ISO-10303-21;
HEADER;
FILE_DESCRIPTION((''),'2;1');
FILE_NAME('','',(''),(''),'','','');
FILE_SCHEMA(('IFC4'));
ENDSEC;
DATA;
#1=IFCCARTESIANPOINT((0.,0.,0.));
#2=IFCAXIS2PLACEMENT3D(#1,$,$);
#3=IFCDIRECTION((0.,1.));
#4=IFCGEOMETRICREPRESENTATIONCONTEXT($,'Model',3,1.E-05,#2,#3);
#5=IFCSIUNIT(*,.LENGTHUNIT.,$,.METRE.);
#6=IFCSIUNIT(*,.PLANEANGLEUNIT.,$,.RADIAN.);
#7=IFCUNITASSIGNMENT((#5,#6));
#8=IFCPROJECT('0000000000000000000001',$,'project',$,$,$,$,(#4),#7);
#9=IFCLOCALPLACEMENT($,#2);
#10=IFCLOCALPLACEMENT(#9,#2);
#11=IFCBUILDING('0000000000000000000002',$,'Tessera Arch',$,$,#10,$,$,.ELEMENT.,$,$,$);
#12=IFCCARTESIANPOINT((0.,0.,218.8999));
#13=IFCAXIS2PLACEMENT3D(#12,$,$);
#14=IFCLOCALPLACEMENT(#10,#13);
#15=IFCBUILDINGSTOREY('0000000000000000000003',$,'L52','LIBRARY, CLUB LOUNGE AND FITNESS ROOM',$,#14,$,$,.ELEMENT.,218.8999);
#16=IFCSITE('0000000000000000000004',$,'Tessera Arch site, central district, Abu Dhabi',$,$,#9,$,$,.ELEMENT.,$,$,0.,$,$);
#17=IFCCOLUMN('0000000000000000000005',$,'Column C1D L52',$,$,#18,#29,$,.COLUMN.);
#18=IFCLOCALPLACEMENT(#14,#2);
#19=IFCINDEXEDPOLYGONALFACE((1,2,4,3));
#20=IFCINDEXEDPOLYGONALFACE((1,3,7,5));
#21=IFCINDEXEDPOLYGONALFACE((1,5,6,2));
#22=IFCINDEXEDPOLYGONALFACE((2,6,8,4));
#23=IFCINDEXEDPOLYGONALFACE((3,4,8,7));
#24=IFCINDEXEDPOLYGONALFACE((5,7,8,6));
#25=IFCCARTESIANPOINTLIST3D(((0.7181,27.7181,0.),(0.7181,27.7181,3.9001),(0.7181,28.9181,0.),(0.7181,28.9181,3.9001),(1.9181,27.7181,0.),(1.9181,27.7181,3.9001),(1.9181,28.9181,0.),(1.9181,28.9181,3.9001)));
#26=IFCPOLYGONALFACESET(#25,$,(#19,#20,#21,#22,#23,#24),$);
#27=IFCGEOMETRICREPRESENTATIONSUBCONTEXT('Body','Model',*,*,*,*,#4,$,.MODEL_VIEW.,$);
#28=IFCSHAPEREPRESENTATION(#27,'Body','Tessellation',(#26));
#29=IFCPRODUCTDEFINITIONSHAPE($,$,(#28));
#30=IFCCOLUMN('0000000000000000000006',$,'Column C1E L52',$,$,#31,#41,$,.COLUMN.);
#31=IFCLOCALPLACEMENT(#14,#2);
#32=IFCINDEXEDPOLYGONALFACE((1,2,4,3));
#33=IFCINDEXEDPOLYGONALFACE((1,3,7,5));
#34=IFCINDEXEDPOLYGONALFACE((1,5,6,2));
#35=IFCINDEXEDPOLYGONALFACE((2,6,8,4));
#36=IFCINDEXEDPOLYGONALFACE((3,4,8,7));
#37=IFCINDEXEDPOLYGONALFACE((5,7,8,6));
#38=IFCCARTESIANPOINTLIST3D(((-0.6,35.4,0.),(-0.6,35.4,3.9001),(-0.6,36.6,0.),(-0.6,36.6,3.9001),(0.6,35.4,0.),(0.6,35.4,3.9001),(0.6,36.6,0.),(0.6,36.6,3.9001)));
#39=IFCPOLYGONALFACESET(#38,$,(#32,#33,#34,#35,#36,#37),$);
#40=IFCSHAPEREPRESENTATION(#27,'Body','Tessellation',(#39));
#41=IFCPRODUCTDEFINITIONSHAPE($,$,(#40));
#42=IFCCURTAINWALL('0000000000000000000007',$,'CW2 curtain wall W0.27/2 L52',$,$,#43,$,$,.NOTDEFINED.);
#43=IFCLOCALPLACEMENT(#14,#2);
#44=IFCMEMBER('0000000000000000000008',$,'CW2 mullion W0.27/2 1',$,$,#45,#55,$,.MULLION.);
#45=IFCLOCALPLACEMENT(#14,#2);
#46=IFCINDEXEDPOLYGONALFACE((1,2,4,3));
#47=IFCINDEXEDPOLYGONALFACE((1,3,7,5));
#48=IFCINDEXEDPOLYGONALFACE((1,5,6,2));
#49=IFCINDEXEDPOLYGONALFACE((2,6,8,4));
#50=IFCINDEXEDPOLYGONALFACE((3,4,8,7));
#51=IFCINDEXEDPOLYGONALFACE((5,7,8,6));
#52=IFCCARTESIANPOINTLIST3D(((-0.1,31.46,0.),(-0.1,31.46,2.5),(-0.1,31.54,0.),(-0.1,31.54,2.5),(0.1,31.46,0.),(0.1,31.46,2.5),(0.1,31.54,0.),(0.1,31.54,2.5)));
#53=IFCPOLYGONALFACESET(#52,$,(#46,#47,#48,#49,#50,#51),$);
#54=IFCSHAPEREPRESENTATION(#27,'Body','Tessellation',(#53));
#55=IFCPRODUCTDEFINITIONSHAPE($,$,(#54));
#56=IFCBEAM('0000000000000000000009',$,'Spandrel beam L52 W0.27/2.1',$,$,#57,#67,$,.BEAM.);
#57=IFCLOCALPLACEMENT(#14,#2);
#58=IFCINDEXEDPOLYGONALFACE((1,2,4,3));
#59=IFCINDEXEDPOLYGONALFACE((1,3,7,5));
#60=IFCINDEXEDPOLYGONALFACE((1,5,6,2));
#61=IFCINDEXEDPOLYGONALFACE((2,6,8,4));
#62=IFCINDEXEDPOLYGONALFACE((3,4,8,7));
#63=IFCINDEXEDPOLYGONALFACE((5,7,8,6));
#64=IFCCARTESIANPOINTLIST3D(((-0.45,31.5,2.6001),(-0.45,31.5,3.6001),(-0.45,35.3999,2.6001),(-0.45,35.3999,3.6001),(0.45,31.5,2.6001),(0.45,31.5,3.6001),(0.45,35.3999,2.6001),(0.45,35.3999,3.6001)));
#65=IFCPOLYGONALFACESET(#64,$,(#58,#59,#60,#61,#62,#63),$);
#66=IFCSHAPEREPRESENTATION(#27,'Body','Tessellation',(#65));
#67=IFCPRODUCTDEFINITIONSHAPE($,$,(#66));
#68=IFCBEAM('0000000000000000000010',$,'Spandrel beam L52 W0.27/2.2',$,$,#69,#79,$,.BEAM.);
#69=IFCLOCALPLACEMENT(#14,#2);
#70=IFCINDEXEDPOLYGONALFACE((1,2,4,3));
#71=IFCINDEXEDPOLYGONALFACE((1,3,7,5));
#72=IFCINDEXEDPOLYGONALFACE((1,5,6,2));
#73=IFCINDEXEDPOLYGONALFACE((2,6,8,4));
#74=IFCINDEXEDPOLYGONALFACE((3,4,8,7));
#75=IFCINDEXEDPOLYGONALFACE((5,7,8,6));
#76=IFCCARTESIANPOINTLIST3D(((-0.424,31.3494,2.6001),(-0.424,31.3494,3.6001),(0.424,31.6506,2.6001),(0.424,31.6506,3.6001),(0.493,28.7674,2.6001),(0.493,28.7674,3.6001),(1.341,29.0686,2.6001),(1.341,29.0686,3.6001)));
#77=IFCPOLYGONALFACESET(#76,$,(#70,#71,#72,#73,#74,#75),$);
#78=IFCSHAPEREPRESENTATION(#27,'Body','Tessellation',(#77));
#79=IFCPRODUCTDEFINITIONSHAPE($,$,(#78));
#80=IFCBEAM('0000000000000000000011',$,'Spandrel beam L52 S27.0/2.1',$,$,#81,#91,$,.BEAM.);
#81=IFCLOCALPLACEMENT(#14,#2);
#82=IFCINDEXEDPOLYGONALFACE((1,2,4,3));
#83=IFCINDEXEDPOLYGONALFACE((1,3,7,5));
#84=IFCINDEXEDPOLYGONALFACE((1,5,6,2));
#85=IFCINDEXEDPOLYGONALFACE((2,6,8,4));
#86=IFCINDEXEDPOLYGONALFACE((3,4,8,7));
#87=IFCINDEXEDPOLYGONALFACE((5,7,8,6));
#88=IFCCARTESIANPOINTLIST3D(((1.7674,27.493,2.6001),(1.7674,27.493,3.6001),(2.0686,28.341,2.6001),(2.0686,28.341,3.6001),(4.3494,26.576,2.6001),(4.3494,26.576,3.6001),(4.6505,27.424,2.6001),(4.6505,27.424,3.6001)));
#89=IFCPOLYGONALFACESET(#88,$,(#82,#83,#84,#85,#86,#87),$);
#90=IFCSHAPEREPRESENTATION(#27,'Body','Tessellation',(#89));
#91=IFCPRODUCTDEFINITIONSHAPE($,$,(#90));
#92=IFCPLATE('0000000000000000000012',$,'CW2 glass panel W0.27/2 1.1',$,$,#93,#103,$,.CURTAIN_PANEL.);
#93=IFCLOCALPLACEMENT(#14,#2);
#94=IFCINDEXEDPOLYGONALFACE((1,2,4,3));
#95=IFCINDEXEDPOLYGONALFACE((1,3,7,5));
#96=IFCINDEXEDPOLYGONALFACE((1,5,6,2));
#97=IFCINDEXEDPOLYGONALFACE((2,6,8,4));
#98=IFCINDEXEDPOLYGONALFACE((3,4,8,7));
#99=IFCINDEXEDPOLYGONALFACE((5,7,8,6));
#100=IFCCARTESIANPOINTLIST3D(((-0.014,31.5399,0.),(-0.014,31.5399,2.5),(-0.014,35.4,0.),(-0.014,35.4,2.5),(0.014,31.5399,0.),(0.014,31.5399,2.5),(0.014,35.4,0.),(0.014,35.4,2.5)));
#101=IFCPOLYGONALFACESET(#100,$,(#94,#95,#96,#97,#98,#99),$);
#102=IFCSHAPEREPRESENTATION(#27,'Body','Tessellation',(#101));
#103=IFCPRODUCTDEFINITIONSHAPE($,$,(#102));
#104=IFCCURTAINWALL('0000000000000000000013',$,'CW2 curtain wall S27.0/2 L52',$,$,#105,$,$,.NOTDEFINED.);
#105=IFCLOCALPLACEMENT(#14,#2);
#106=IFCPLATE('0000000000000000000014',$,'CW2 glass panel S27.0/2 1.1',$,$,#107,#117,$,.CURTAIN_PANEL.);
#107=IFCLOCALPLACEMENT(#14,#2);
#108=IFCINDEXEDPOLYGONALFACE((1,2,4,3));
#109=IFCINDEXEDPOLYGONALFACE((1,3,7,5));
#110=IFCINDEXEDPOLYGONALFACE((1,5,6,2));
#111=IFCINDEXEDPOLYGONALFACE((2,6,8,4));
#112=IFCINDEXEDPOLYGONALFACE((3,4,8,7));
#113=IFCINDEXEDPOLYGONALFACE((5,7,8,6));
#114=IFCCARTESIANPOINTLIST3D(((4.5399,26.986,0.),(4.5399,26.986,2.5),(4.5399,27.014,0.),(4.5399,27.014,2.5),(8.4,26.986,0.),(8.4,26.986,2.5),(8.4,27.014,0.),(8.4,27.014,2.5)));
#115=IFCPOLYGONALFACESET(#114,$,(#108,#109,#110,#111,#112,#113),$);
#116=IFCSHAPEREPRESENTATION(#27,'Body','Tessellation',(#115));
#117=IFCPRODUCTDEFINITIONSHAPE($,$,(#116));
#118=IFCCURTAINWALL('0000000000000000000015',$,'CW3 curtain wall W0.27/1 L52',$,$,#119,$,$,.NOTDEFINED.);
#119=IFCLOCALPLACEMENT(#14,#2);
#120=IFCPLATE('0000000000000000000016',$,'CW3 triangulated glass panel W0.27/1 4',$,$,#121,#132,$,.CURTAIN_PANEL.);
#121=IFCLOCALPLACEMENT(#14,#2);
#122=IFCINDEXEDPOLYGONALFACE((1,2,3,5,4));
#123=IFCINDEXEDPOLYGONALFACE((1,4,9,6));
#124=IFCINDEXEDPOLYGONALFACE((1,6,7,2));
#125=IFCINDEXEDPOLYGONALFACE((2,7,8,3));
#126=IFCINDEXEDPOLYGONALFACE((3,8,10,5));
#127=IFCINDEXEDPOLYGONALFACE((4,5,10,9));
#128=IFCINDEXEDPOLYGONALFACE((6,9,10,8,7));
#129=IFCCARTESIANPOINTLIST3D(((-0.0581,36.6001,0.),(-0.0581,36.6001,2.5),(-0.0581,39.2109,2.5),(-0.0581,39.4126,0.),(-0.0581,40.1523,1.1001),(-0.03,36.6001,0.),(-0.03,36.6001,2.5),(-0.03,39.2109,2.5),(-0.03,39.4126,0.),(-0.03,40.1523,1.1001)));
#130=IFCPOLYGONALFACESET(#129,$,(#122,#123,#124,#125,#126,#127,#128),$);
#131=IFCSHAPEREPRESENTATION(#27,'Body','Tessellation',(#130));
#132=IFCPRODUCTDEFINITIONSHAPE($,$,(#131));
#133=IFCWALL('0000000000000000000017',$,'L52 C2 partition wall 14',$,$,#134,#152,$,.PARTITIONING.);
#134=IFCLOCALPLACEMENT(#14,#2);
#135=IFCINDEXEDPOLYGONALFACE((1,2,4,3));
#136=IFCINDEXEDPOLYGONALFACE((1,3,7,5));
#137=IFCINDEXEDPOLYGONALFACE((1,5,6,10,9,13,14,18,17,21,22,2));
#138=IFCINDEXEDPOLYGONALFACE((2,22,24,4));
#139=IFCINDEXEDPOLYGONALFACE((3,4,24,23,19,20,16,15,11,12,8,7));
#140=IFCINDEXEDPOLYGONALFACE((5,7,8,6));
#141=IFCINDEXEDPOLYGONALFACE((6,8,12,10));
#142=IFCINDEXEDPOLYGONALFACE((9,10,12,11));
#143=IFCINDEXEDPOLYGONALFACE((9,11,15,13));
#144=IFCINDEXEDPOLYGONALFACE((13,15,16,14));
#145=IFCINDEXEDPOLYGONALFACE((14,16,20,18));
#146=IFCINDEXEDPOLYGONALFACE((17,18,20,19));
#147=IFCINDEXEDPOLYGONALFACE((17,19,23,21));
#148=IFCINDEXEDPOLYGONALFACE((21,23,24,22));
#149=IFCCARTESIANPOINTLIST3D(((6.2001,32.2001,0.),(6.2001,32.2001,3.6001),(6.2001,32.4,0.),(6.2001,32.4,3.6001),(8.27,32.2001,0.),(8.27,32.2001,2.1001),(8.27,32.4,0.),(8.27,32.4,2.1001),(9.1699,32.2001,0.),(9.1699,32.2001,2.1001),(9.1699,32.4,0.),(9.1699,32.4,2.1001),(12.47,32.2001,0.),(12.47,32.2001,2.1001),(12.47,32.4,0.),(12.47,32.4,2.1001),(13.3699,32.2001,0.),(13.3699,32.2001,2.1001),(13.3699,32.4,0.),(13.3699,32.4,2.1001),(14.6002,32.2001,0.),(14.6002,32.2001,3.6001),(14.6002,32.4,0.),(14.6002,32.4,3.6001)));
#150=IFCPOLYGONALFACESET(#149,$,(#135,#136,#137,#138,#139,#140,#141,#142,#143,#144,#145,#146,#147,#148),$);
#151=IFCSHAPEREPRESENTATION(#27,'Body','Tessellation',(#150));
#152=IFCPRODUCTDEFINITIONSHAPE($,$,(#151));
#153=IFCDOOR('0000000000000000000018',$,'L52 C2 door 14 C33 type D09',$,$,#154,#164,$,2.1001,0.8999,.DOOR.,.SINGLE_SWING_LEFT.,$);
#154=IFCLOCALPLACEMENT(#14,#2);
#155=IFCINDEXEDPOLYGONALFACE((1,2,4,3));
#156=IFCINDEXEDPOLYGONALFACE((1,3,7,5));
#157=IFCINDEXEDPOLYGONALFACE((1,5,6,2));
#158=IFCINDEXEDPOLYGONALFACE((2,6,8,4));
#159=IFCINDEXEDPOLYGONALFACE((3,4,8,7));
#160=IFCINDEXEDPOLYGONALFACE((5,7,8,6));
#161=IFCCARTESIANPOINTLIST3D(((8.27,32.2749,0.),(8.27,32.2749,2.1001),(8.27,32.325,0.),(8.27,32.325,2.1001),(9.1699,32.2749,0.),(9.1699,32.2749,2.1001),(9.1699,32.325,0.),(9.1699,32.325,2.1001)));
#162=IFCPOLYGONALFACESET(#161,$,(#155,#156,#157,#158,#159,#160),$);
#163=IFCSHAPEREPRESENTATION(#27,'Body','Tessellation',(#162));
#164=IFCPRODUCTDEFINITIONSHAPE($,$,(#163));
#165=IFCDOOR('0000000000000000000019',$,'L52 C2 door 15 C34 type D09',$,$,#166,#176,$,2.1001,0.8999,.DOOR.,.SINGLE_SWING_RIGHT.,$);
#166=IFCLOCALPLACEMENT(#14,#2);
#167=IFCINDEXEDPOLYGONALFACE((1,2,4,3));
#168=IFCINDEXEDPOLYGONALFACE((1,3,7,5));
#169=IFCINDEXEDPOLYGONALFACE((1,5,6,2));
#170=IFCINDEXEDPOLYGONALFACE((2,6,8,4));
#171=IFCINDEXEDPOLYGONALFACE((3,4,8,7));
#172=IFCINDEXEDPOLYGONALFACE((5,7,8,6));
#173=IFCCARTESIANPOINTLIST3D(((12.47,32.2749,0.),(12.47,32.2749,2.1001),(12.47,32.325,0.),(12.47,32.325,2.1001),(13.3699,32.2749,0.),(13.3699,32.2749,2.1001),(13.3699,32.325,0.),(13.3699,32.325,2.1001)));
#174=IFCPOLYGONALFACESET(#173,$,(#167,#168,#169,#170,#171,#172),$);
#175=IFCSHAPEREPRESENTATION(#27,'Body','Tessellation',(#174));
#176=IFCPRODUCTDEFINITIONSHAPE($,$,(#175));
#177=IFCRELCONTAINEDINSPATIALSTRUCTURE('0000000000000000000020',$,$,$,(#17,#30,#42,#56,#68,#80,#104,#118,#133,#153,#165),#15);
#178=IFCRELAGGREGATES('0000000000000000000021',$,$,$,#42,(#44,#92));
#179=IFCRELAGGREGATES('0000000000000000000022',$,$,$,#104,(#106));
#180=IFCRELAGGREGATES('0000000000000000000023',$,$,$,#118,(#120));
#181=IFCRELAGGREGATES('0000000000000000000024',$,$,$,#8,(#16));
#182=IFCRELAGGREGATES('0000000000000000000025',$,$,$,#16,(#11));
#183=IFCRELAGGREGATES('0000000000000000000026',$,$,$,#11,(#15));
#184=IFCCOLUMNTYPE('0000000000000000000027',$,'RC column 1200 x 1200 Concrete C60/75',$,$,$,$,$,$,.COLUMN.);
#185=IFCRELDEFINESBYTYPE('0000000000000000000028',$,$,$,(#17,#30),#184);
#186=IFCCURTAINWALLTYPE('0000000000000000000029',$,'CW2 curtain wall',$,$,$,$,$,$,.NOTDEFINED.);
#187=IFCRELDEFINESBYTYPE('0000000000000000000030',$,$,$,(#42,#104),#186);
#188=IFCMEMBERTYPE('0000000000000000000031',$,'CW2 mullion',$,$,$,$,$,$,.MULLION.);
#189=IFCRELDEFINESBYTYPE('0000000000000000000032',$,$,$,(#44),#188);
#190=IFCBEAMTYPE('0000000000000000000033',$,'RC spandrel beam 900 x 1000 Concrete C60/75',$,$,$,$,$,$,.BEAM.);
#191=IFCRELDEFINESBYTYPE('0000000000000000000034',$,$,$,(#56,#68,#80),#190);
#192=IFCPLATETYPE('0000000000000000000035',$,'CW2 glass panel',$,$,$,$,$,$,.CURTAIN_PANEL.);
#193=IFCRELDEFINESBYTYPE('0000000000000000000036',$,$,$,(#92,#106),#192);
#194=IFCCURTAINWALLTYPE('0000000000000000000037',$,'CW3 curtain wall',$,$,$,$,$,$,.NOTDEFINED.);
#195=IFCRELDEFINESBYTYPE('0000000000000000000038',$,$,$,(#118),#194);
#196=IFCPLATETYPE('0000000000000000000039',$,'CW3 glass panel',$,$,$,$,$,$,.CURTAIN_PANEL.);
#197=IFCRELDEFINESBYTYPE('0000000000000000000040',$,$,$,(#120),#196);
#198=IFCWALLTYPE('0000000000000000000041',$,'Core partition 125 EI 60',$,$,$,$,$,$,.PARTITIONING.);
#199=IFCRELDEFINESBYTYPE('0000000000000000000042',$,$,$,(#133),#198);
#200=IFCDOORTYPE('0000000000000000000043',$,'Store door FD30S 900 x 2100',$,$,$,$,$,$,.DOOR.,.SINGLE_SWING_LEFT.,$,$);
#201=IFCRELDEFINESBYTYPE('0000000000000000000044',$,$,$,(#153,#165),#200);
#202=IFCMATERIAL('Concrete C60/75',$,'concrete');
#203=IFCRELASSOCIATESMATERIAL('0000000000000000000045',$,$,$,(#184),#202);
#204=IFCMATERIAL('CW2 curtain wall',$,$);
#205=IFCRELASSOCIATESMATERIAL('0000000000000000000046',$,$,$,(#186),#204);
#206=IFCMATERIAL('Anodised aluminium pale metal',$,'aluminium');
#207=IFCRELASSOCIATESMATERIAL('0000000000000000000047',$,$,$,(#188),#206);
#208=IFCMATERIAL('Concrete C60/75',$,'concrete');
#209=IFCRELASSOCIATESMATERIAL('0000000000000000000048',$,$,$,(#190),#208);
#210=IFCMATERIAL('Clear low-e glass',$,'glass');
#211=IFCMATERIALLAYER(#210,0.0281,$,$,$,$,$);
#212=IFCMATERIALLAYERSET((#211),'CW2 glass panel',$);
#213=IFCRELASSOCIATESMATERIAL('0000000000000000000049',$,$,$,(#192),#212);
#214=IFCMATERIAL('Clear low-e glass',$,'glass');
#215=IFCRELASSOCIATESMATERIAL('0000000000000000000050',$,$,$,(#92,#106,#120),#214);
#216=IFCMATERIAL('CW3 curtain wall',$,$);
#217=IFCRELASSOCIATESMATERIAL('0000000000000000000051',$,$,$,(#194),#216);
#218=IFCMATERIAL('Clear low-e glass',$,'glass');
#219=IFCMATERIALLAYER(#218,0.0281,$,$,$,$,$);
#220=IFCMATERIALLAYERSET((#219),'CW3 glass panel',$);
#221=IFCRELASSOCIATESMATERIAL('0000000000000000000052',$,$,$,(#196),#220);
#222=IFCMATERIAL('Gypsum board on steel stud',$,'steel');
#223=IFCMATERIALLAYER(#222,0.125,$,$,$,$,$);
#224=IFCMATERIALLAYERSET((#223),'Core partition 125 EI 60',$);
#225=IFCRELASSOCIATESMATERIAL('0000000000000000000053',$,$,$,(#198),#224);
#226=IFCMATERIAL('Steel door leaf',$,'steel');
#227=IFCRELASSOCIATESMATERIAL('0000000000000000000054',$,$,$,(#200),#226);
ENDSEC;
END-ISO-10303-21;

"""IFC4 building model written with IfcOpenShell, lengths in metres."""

from ifc_helpers import new_model, si_unit, direction, frame, frame_2d, origin, origin_2d, place, context, subcontext, project, spatial, polyline, rectangle, outline, extrude, material, layer, layer_set, material_profile, profile_set, type_object, element, fill, aggregate, save


model = new_model("IFC4")

# Units and contexts
model_context = context("Model", 3, precision=1e-05, world=origin(), true_north=direction((0.0, 1.0)))
body_context = subcontext(model_context, "Body", "Model", "MODEL_VIEW")
ifc_project = project(units=[si_unit("LENGTHUNIT", "METRE"), si_unit("PLANEANGLEUNIT", "RADIAN")], contexts=[model_context])

# Site, building, storey
site_placement = place(None, origin())
site = spatial("IfcSite", under=ifc_project, at=site_placement, Name="Tessera Arch site, central district, Abu Dhabi", CompositionType="ELEMENT", RefElevation=0.0)
building_placement = place(site_placement, origin())
building = spatial("IfcBuilding", under=site, at=building_placement, Name="Tessera Arch", CompositionType="ELEMENT")
storey_placement = place(building_placement, frame((0.0, 0.0, 218.8999)))
storey = spatial("IfcBuildingStorey", under=building, at=storey_placement, Name="L52", Description="LIBRARY, CLUB LOUNGE AND FITNESS ROOM", CompositionType="ELEMENT", Elevation=218.8999)

# Columns
ifc_material_1 = material(Name="Concrete C60/75", Category="concrete")
ifc_material_profile_1 = material_profile(ifc_material_1, rectangle(XDim=1.2, YDim=1.2, at=origin_2d()), Name="RC column 1200 x 1200 Concrete C60/75")
ifc_profile_set_1 = profile_set([ifc_material_profile_1], Name="Concrete C60/75")
column_type = type_object("IfcColumnType", Name="RC column 1200 x 1200 Concrete C60/75", PredefinedType="COLUMN", material=ifc_profile_set_1)
for number, where, z_axis, x_axis, name in (
    (1, (1.3181, 28.3181, 0.0), (0.0, 0.0, 1.0), (1.0, 0.0, 0.0), "Column C1D L52"),
    (2, (0.0, 36.0, 0.0), (0.0, 0.0, 1.0), (1.0, 0.0, 0.0), "Column C1E L52"),
):
    element("IfcColumn", number, at=place(storey_placement, frame(where, z_axis=z_axis, x_axis=x_axis)), inside=storey, type_object=column_type, Name=name, PredefinedType="COLUMN", context=body_context, shape_type="SweptSolid", body=[
        extrude(rectangle(XDim=1.2, YDim=1.2, at=origin_2d()), origin(), (0.0, 0.0, 1.0), 3.9001),
    ])

# Curtain wall, member
ifc_material_2 = material(Name="CW2 curtain wall")
curtain_wall_type_1 = type_object("IfcCurtainWallType", Name="CW2 curtain wall", PredefinedType="NOTDEFINED", material=ifc_material_2)
curtain_wall_1_placement = place(storey_placement, origin())
curtain_wall_1 = element("IfcCurtainWall", 3, at=curtain_wall_1_placement, inside=storey, type_object=curtain_wall_type_1, Name="CW2 curtain wall W0.27/2 L52", PredefinedType="NOTDEFINED")
ifc_material_3 = material(Name="Anodised aluminium pale metal", Category="aluminium")
ifc_material_profile_2 = material_profile(ifc_material_3, rectangle(XDim=0.2, YDim=0.0801, at=origin_2d()), Name="AL 80x200")
ifc_profile_set_2 = profile_set([ifc_material_profile_2], Name="Anodised aluminium pale metal")
member_type = type_object("IfcMemberType", Name="CW2 mullion", PredefinedType="MULLION", material=ifc_profile_set_2)
member_placement = place(storey_placement, frame((0.0, 31.5, 0.0), z_axis=(0.0, 0.0, 1.0), x_axis=(1.0, 0.0, 0.0)))
member = element("IfcMember", 4, at=member_placement, type_object=member_type, Name="CW2 mullion W0.27/2 1", PredefinedType="MULLION", context=body_context, shape_type="SweptSolid", body=[
    extrude(rectangle(XDim=0.2, YDim=0.0801, at=origin_2d()), origin(), (0.0, 0.0, 1.0), 2.5),
])

# Beams
ifc_material_4 = material(Name="Concrete C60/75", Category="concrete")
ifc_material_profile_3 = material_profile(ifc_material_4, rectangle(XDim=0.8999, YDim=1.0, at=origin_2d()), Name="RC spandrel beam 900 x 1000 Concrete C60/75")
ifc_profile_set_3 = profile_set([ifc_material_profile_3], Name="Concrete C60/75")
beam_type = type_object("IfcBeamType", Name="RC spandrel beam 900 x 1000 Concrete C60/75", PredefinedType="BEAM", material=ifc_profile_set_3)
beam_placement = place(storey_placement, frame((0.0, 35.3999, 3.1001), z_axis=(0.0, -1.0, 0.0), x_axis=(1.0, 0.0, 0.0)))
element("IfcBeam", 5, at=beam_placement, inside=storey, type_object=beam_type, Name="Spandrel beam L52 W0.27/2.1", PredefinedType="BEAM", context=body_context, shape_type="SweptSolid", body=[
    extrude(rectangle(XDim=0.8999, YDim=1.0, at=origin_2d()), origin(), (0.0, 0.0, 1.0), 3.8999),
])
for number, where, z_axis, x_axis, name in (
    (6, (0.0, 31.5, 3.1001), (0.334665, -0.942337, 0.0), (0.942337, 0.334665, 0.0), "Spandrel beam L52 W0.27/2.2"),
    (7, (1.918, 27.917, 3.1001), (0.942337, -0.334665, 0.0), (0.334665, 0.942337, 0.0), "Spandrel beam L52 S27.0/2.1"),
):
    element("IfcBeam", number, at=place(storey_placement, frame(where, z_axis=z_axis, x_axis=x_axis)), inside=storey, type_object=beam_type, Name=name, PredefinedType="BEAM", context=body_context, shape_type="SweptSolid", body=[
        extrude(rectangle(XDim=0.8999, YDim=1.0, at=origin_2d()), origin(), (0.0, 0.0, 1.0), 2.74),
    ])

# Plate
ifc_material_5 = material(Name="Clear low-e glass", Category="glass")
ifc_material_6 = material(Name="Clear low-e glass", Category="glass")
ifc_layer_1 = layer(ifc_material_6, 0.0281)
ifc_layer_set_1 = layer_set([ifc_layer_1], Name="CW2 glass panel")
plate_type_1 = type_object("IfcPlateType", Name="CW2 glass panel", PredefinedType="CURTAIN_PANEL", material=ifc_layer_set_1)
plate_1_placement = place(storey_placement, frame((0.0, 33.47, 0.0), z_axis=(0.0, 0.0, 1.0), x_axis=(0.0, -1.0, 0.0)))
plate_1 = element("IfcPlate", 8, at=plate_1_placement, type_object=plate_type_1, material=ifc_material_5, Name="CW2 glass panel W0.27/2 1.1", PredefinedType="CURTAIN_PANEL", context=body_context, shape_type="SweptSolid", body=[
    extrude(rectangle(XDim=3.8601, YDim=0.0281, at=origin_2d()), origin(), (0.0, 0.0, 1.0), 2.5),
])
aggregate(curtain_wall_1, [member, plate_1])

# Curtain walls, plates
curtain_wall_2_placement = place(storey_placement, origin())
curtain_wall_2 = element("IfcCurtainWall", 9, at=curtain_wall_2_placement, inside=storey, type_object=curtain_wall_type_1, Name="CW2 curtain wall S27.0/2 L52", PredefinedType="NOTDEFINED")
plate_2_placement = place(storey_placement, frame((6.47, 27.0, 0.0), z_axis=(0.0, 0.0, 1.0), x_axis=(1.0, 0.0, 0.0)))
plate_2 = element("IfcPlate", 10, at=plate_2_placement, type_object=plate_type_1, material=ifc_material_5, Name="CW2 glass panel S27.0/2 1.1", PredefinedType="CURTAIN_PANEL", context=body_context, shape_type="SweptSolid", body=[
    extrude(rectangle(XDim=3.8601, YDim=0.0281, at=origin_2d()), origin(), (0.0, 0.0, 1.0), 2.5),
])
aggregate(curtain_wall_2, [plate_2])
ifc_material_7 = material(Name="CW3 curtain wall")
curtain_wall_type_2 = type_object("IfcCurtainWallType", Name="CW3 curtain wall", PredefinedType="NOTDEFINED", material=ifc_material_7)
curtain_wall_3_placement = place(storey_placement, origin())
curtain_wall_3 = element("IfcCurtainWall", 11, at=curtain_wall_3_placement, inside=storey, type_object=curtain_wall_type_2, Name="CW3 curtain wall W0.27/1 L52", PredefinedType="NOTDEFINED")
ifc_material_8 = material(Name="Clear low-e glass", Category="glass")
ifc_layer_2 = layer(ifc_material_8, 0.0281)
ifc_layer_set_2 = layer_set([ifc_layer_2], Name="CW3 glass panel")
plate_type_2 = type_object("IfcPlateType", Name="CW3 glass panel", PredefinedType="CURTAIN_PANEL", material=ifc_layer_set_2)
plate_3_placement = place(storey_placement, frame((-0.0581, 36.6001, 2.5), z_axis=(-1.0, 0.0, 0.0), x_axis=(0.0, 1.0, 0.0)))
plate_3 = element("IfcPlate", 12, at=plate_3_placement, type_object=plate_type_2, material=ifc_material_5, Name="CW3 triangulated glass panel W0.27/1 4", PredefinedType="CURTAIN_PANEL", context=body_context, shape_type="SweptSolid", body=[
    extrude(outline(polyline([(0.0, 0.0), (2.6108, 0.0), (3.5522, 1.3999), (2.8125, 2.5), (0.0, 2.5), (0.0, 0.0)])), origin(), (0.0, 0.0, -1.0), 0.0281),
])
aggregate(curtain_wall_3, [plate_3])

# Wall, openings, doors
ifc_material_9 = material(Name="Gypsum board on steel stud", Category="steel")
ifc_layer_3 = layer(ifc_material_9, 0.125)
ifc_layer_set_3 = layer_set([ifc_layer_3], Name="Core partition 125 EI 60")
wall_type_1 = type_object("IfcWallType", Name="Core partition 125 EI 60", PredefinedType="PARTITIONING", material=ifc_layer_set_3)
wall_1_placement = place(storey_placement, frame((6.2, 32.3, 0.0), z_axis=(0.0, 0.0, 1.0), x_axis=(1.0, 0.0, 0.0)))
wall_1 = element("IfcWall", 13, at=wall_1_placement, inside=storey, type_object=wall_type_1, Name="L52 C2 partition wall 14", PredefinedType="PARTITIONING", context=body_context, shape_type="SweptSolid", body=[
    extrude(rectangle(XDim=8.4001, YDim=0.2, at=frame_2d((4.2002, 0.0))), origin(), (0.0, 0.0, 1.0), 3.6001),
])
opening_1_placement = place(wall_1_placement, frame((2.0701, 0.0, 0.0)))
opening_1 = element("IfcOpeningElement", 14, at=opening_1_placement, cuts=wall_1, PredefinedType="OPENING", context=body_context, shape_type="SweptSolid", body=[
    extrude(rectangle(XDim=0.8999, YDim=2.1001, at=frame_2d((0.45, 1.05))), frame((0.0, 0.1099, 0.0), z_axis=(0.0, -1.0, 0.0), x_axis=(1.0, 0.0, 0.0)), (0.0, 0.0, 1.0), 0.22),
])
opening_2_placement = place(wall_1_placement, frame((6.27, 0.0, 0.0)))
opening_2 = element("IfcOpeningElement", 15, at=opening_2_placement, cuts=wall_1, PredefinedType="OPENING", context=body_context, shape_type="SweptSolid", body=[
    extrude(rectangle(XDim=0.8999, YDim=2.1001, at=frame_2d((0.45, 1.05))), frame((0.0, 0.1099, 0.0), z_axis=(0.0, -1.0, 0.0), x_axis=(1.0, 0.0, 0.0)), (0.0, 0.0, 1.0), 0.22),
])
ifc_material_10 = material(Name="Steel door leaf", Category="steel")
door_type_1 = type_object("IfcDoorType", Name="Store door FD30S 900 x 2100", OperationType="SINGLE_SWING_LEFT", PredefinedType="DOOR", material=ifc_material_10)
door_1_placement = place(opening_1_placement, origin())
door_1 = element("IfcDoor", 16, at=door_1_placement, inside=storey, type_object=door_type_1, Name="L52 C2 door 14 C33 type D09", OperationType="SINGLE_SWING_LEFT", OverallHeight=2.1001, OverallWidth=0.8999, PredefinedType="DOOR", context=body_context, shape_type="SweptSolid", body=[
    extrude(rectangle(XDim=0.8999, YDim=2.1001, at=frame_2d((0.45, 1.05))), frame((0.0, 0.0249, 0.0), z_axis=(0.0, -1.0, 0.0), x_axis=(1.0, 0.0, 0.0)), (0.0, 0.0, 1.0), 0.05),
])
fill(opening_1, door_1)
door_2_placement = place(opening_2_placement, origin())
door_2 = element("IfcDoor", 17, at=door_2_placement, inside=storey, type_object=door_type_1, Name="L52 C2 door 15 C34 type D09", OperationType="SINGLE_SWING_RIGHT", OverallHeight=2.1001, OverallWidth=0.8999, PredefinedType="DOOR", context=body_context, shape_type="SweptSolid", body=[
    extrude(rectangle(XDim=0.8999, YDim=2.1001, at=frame_2d((0.45, 1.05))), frame((0.0, 0.0249, 0.0), z_axis=(0.0, -1.0, 0.0), x_axis=(1.0, 0.0, 0.0)), (0.0, 0.0, 1.0), 0.05),
])
fill(opening_2, door_2)

save(model, "model.ifc")
